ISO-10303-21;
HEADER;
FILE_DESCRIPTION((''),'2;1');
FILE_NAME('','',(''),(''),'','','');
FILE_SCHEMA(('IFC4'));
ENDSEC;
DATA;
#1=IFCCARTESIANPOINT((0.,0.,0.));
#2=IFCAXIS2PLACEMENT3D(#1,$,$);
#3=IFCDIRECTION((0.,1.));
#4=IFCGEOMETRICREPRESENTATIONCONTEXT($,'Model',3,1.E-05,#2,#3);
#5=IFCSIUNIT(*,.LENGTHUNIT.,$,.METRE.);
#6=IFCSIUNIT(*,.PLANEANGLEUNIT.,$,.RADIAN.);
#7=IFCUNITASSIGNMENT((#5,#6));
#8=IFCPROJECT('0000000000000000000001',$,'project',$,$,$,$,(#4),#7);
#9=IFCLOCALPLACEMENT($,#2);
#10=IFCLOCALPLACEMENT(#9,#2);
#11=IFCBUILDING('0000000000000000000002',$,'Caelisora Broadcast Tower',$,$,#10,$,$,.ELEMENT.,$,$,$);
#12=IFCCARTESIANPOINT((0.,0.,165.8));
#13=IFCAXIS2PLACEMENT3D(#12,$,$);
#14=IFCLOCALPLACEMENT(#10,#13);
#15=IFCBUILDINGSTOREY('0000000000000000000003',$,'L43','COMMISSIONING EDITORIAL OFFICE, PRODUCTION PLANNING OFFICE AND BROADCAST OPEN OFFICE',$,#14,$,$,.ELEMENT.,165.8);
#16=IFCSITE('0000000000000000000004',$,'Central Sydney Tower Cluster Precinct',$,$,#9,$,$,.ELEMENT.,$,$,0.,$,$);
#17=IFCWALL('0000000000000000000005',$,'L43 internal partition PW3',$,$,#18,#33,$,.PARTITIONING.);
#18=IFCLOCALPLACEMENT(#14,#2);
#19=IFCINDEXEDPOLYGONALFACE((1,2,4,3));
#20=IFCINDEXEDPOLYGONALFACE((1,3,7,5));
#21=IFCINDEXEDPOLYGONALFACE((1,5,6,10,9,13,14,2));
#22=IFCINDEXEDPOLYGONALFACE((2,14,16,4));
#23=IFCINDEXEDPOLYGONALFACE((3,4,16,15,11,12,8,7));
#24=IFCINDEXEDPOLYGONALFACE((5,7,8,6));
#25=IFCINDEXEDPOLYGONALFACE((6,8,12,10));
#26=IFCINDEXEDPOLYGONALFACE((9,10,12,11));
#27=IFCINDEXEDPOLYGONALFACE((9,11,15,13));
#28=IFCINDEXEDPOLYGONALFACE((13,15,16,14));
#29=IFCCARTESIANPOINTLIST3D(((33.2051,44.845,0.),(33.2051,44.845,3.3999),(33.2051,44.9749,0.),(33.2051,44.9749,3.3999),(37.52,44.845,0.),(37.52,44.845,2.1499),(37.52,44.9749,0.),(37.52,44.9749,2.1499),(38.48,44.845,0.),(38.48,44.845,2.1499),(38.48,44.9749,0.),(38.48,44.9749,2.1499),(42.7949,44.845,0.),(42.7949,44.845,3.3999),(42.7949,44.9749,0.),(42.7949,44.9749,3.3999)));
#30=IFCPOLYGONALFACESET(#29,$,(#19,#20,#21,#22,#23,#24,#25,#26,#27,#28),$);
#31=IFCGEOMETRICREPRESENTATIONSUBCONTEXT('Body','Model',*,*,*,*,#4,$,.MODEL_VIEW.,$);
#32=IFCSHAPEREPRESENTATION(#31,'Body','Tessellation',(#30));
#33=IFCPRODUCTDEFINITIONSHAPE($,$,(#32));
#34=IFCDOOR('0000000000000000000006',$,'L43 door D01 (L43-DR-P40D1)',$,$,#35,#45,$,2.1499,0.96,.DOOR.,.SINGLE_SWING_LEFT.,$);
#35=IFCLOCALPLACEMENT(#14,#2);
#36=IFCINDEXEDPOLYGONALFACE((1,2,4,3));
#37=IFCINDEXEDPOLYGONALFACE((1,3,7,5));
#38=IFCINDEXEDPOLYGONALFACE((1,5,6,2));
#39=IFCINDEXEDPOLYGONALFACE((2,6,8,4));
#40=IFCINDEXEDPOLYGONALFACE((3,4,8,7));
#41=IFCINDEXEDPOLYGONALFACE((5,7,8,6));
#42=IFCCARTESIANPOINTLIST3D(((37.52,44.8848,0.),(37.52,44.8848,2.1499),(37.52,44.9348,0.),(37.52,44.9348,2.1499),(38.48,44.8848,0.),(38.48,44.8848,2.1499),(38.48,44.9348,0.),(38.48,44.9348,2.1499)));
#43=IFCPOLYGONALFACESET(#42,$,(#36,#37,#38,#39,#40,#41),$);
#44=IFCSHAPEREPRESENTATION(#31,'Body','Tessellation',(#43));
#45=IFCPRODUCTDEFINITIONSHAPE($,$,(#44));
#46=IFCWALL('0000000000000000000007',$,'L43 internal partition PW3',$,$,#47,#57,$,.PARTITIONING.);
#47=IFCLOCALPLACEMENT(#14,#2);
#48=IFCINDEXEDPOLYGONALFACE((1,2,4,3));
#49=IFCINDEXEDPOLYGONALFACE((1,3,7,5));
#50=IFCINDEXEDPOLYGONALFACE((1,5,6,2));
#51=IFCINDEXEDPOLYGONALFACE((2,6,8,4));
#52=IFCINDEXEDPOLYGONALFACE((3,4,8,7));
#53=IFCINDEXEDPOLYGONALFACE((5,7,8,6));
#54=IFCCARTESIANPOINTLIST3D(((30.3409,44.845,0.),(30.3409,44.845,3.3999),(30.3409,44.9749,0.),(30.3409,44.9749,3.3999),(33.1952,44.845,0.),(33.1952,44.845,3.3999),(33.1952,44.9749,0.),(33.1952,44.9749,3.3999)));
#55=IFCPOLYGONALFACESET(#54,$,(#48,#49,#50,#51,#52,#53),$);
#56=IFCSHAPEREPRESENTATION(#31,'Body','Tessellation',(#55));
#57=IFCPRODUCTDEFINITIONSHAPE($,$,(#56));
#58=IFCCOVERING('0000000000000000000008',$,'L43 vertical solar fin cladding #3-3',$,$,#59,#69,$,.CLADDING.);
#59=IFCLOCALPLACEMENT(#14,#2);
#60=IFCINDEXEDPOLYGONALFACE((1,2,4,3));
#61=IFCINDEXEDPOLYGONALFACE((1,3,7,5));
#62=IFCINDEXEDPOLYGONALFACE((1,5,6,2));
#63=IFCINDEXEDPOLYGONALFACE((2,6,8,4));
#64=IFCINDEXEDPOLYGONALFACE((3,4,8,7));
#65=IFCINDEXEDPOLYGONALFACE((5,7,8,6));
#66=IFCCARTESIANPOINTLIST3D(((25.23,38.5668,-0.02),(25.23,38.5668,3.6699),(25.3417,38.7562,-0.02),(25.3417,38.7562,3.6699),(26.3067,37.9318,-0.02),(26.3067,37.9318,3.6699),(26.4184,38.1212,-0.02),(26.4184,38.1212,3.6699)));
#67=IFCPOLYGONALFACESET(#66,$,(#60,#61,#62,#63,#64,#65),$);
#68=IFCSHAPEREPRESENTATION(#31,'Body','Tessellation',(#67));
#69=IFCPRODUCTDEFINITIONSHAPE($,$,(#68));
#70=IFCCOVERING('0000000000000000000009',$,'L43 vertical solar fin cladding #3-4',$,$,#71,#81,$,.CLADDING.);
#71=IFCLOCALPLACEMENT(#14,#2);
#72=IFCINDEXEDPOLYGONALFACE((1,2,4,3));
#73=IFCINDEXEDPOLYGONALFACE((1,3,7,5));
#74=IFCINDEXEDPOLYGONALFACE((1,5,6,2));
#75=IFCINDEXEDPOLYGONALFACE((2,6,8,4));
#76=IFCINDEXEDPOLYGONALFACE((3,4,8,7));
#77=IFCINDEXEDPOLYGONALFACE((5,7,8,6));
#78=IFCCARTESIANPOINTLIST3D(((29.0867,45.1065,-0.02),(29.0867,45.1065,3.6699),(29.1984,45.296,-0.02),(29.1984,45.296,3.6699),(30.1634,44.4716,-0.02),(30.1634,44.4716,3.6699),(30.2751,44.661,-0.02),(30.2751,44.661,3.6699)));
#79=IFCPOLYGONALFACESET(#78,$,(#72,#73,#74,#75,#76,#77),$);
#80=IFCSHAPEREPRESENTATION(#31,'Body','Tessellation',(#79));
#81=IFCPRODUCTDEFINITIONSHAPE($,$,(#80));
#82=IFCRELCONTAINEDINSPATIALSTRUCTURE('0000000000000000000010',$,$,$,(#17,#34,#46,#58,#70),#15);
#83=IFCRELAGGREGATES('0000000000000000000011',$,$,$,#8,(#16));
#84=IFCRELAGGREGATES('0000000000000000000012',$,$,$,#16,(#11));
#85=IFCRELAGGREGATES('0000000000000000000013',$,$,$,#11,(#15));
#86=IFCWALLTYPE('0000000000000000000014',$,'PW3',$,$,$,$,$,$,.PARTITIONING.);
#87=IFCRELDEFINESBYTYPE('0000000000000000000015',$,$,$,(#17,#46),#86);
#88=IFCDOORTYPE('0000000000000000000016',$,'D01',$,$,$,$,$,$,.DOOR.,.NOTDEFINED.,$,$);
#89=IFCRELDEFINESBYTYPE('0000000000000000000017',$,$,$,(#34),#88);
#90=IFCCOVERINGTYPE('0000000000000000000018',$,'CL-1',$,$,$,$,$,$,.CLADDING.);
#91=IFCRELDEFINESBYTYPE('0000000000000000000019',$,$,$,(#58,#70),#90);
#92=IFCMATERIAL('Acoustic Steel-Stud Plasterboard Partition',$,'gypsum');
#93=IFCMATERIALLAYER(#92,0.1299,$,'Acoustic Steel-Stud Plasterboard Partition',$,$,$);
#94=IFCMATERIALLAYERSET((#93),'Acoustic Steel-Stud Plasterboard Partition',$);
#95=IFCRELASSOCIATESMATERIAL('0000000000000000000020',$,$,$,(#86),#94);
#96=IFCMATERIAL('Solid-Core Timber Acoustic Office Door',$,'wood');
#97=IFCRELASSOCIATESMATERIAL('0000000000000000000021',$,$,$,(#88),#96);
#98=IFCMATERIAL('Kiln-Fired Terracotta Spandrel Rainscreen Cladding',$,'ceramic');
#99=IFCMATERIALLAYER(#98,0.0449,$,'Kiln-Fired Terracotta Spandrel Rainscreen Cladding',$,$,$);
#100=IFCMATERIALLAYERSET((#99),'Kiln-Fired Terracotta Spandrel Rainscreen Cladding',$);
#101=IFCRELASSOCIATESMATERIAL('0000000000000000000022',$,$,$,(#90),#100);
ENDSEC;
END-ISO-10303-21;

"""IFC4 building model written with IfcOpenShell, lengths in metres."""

from ifc_helpers import new_model, si_unit, direction, frame, frame_2d, origin, origin_2d, place, context, subcontext, project, spatial, rectangle, extrude, source, transform, mapped, material, layer, layer_set, type_object, type_shapes, element, fill, save


model = new_model("IFC4")

# Units and contexts
model_context = context("Model", 3, precision=1e-05, world=origin(), true_north=direction((0.0, 1.0)))
body_context = subcontext(model_context, "Body", "Model", "MODEL_VIEW")
ifc_project = project(units=[si_unit("LENGTHUNIT", "METRE"), si_unit("PLANEANGLEUNIT", "RADIAN")], contexts=[model_context])

# Site, building, storey
site_placement = place(None, origin())
site = spatial("IfcSite", under=ifc_project, at=site_placement, Name="Central Sydney Tower Cluster Precinct", CompositionType="ELEMENT", RefElevation=0.0)
building_placement = place(site_placement, origin())
building = spatial("IfcBuilding", under=site, at=building_placement, Name="Caelisora Broadcast Tower", CompositionType="ELEMENT")
storey_placement = place(building_placement, frame((0.0, 0.0, 165.8)))
storey = spatial("IfcBuildingStorey", under=building, at=storey_placement, Name="L43", Description="COMMISSIONING EDITORIAL OFFICE, PRODUCTION PLANNING OFFICE AND BROADCAST OPEN OFFICE", CompositionType="ELEMENT", Elevation=165.8)

# Wall, opening, door
ifc_material_1 = material(Name="Acoustic Steel-Stud Plasterboard Partition", Category="gypsum")
ifc_layer_1 = layer(ifc_material_1, 0.1299, Name="Acoustic Steel-Stud Plasterboard Partition")
ifc_layer_set_1 = layer_set([ifc_layer_1], Name="Acoustic Steel-Stud Plasterboard Partition")
wall_type_1 = type_object("IfcWallType", Name="PW3", PredefinedType="PARTITIONING", material=ifc_layer_set_1)
wall_1_placement = place(storey_placement, frame((33.2051, 44.9099, 0.0), z_axis=(0.0, 0.0, 1.0), x_axis=(1.0, 0.0, 0.0)))
wall_1 = element("IfcWall", 1, at=wall_1_placement, inside=storey, type_object=wall_type_1, Name="L43 internal partition PW3", PredefinedType="PARTITIONING", context=body_context, shape_type="SweptSolid", body=[
    extrude(rectangle(XDim=9.5898, YDim=0.1299, at=frame_2d((4.7949, 0.0))), origin(), (0.0, 0.0, 1.0), 3.3999),
])
opening_1_placement = place(wall_1_placement, frame((4.3149, 0.0, 0.0)))
opening_1 = element("IfcOpeningElement", 2, at=opening_1_placement, cuts=wall_1, PredefinedType="OPENING", context=body_context, shape_type="SweptSolid", body=[
    extrude(rectangle(XDim=0.96, YDim=2.1499, at=frame_2d((0.48, 1.075))), frame((0.0, 0.0769, 0.0), z_axis=(0.0, -1.0, 0.0), x_axis=(1.0, 0.0, 0.0)), (0.0, 0.0, 1.0), 0.1538),
])
ifc_material_2 = material(Name="Solid-Core Timber Acoustic Office Door", Category="wood")
door_type = type_object("IfcDoorType", Name="D01", OperationType="NOTDEFINED", PredefinedType="DOOR", material=ifc_material_2)
door_placement = place(opening_1_placement, origin())
door = element("IfcDoor", 3, at=door_placement, inside=storey, type_object=door_type, Name="L43 door D01 (L43-DR-P40D1)", OperationType="SINGLE_SWING_LEFT", OverallHeight=2.1499, OverallWidth=0.96, PredefinedType="DOOR", context=body_context, shape_type="SweptSolid", body=[
    extrude(rectangle(XDim=0.96, YDim=2.1499, at=frame_2d((0.48, 1.075))), frame((0.0, 0.0249, 0.0), z_axis=(0.0, -1.0, 0.0), x_axis=(1.0, 0.0, 0.0)), (0.0, 0.0, 1.0), 0.05),
])
fill(opening_1, door)

# Wall
wall_2_placement = place(storey_placement, frame((30.3408, 44.9099, 0.0), z_axis=(0.0, 0.0, 1.0), x_axis=(1.0, 0.0, 0.0)))
element("IfcWall", 4, at=wall_2_placement, inside=storey, type_object=wall_type_1, Name="L43 internal partition PW3", PredefinedType="PARTITIONING", context=body_context, shape_type="SweptSolid", body=[
    extrude(rectangle(XDim=2.8542, YDim=0.1299, at=frame_2d((1.4272, 0.0))), origin(), (0.0, 0.0, 1.0), 3.3999),
])

# Coverings
ifc_material_3 = material(Name="Kiln-Fired Terracotta Spandrel Rainscreen Cladding", Category="ceramic")
ifc_layer_2 = layer(ifc_material_3, 0.0449, Name="Kiln-Fired Terracotta Spandrel Rainscreen Cladding")
ifc_layer_set_2 = layer_set([ifc_layer_2], Name="Kiln-Fired Terracotta Spandrel Rainscreen Cladding")
covering_type = type_object("IfcCoveringType", Name="CL-1", PredefinedType="CLADDING", material=ifc_layer_set_2)
shared_shape_1 = source(origin(), body_context, "Body", "SweptSolid", [
    extrude(rectangle(XDim=0.22, YDim=1.25, at=origin_2d()), origin(), (0.0, 0.0, 1.0), 3.6899),
])
type_shapes(covering_type, [shared_shape_1])
for number, where, z_axis, x_axis, name in (
    (5, (25.8242, 38.344, -0.02), (0.0, 0.0, 1.0), (0.507989, 0.861363, 0.0), "L43 vertical solar fin cladding #3-3"),
    (6, (29.6809, 44.8838, -0.02), (0.0, 0.0, 1.0), (0.507989, 0.861363, 0.0), "L43 vertical solar fin cladding #3-4"),
):
    element("IfcCovering", number, at=place(storey_placement, frame(where, z_axis=z_axis, x_axis=x_axis)), inside=storey, type_object=covering_type, Name=name, PredefinedType="CLADDING", context=body_context, shape_type="MappedRepresentation", body=[
        mapped(shared_shape_1, transform((0.0, 0.0, 0.0), scale=1.0)),
    ])

save(model, "model.ifc")
